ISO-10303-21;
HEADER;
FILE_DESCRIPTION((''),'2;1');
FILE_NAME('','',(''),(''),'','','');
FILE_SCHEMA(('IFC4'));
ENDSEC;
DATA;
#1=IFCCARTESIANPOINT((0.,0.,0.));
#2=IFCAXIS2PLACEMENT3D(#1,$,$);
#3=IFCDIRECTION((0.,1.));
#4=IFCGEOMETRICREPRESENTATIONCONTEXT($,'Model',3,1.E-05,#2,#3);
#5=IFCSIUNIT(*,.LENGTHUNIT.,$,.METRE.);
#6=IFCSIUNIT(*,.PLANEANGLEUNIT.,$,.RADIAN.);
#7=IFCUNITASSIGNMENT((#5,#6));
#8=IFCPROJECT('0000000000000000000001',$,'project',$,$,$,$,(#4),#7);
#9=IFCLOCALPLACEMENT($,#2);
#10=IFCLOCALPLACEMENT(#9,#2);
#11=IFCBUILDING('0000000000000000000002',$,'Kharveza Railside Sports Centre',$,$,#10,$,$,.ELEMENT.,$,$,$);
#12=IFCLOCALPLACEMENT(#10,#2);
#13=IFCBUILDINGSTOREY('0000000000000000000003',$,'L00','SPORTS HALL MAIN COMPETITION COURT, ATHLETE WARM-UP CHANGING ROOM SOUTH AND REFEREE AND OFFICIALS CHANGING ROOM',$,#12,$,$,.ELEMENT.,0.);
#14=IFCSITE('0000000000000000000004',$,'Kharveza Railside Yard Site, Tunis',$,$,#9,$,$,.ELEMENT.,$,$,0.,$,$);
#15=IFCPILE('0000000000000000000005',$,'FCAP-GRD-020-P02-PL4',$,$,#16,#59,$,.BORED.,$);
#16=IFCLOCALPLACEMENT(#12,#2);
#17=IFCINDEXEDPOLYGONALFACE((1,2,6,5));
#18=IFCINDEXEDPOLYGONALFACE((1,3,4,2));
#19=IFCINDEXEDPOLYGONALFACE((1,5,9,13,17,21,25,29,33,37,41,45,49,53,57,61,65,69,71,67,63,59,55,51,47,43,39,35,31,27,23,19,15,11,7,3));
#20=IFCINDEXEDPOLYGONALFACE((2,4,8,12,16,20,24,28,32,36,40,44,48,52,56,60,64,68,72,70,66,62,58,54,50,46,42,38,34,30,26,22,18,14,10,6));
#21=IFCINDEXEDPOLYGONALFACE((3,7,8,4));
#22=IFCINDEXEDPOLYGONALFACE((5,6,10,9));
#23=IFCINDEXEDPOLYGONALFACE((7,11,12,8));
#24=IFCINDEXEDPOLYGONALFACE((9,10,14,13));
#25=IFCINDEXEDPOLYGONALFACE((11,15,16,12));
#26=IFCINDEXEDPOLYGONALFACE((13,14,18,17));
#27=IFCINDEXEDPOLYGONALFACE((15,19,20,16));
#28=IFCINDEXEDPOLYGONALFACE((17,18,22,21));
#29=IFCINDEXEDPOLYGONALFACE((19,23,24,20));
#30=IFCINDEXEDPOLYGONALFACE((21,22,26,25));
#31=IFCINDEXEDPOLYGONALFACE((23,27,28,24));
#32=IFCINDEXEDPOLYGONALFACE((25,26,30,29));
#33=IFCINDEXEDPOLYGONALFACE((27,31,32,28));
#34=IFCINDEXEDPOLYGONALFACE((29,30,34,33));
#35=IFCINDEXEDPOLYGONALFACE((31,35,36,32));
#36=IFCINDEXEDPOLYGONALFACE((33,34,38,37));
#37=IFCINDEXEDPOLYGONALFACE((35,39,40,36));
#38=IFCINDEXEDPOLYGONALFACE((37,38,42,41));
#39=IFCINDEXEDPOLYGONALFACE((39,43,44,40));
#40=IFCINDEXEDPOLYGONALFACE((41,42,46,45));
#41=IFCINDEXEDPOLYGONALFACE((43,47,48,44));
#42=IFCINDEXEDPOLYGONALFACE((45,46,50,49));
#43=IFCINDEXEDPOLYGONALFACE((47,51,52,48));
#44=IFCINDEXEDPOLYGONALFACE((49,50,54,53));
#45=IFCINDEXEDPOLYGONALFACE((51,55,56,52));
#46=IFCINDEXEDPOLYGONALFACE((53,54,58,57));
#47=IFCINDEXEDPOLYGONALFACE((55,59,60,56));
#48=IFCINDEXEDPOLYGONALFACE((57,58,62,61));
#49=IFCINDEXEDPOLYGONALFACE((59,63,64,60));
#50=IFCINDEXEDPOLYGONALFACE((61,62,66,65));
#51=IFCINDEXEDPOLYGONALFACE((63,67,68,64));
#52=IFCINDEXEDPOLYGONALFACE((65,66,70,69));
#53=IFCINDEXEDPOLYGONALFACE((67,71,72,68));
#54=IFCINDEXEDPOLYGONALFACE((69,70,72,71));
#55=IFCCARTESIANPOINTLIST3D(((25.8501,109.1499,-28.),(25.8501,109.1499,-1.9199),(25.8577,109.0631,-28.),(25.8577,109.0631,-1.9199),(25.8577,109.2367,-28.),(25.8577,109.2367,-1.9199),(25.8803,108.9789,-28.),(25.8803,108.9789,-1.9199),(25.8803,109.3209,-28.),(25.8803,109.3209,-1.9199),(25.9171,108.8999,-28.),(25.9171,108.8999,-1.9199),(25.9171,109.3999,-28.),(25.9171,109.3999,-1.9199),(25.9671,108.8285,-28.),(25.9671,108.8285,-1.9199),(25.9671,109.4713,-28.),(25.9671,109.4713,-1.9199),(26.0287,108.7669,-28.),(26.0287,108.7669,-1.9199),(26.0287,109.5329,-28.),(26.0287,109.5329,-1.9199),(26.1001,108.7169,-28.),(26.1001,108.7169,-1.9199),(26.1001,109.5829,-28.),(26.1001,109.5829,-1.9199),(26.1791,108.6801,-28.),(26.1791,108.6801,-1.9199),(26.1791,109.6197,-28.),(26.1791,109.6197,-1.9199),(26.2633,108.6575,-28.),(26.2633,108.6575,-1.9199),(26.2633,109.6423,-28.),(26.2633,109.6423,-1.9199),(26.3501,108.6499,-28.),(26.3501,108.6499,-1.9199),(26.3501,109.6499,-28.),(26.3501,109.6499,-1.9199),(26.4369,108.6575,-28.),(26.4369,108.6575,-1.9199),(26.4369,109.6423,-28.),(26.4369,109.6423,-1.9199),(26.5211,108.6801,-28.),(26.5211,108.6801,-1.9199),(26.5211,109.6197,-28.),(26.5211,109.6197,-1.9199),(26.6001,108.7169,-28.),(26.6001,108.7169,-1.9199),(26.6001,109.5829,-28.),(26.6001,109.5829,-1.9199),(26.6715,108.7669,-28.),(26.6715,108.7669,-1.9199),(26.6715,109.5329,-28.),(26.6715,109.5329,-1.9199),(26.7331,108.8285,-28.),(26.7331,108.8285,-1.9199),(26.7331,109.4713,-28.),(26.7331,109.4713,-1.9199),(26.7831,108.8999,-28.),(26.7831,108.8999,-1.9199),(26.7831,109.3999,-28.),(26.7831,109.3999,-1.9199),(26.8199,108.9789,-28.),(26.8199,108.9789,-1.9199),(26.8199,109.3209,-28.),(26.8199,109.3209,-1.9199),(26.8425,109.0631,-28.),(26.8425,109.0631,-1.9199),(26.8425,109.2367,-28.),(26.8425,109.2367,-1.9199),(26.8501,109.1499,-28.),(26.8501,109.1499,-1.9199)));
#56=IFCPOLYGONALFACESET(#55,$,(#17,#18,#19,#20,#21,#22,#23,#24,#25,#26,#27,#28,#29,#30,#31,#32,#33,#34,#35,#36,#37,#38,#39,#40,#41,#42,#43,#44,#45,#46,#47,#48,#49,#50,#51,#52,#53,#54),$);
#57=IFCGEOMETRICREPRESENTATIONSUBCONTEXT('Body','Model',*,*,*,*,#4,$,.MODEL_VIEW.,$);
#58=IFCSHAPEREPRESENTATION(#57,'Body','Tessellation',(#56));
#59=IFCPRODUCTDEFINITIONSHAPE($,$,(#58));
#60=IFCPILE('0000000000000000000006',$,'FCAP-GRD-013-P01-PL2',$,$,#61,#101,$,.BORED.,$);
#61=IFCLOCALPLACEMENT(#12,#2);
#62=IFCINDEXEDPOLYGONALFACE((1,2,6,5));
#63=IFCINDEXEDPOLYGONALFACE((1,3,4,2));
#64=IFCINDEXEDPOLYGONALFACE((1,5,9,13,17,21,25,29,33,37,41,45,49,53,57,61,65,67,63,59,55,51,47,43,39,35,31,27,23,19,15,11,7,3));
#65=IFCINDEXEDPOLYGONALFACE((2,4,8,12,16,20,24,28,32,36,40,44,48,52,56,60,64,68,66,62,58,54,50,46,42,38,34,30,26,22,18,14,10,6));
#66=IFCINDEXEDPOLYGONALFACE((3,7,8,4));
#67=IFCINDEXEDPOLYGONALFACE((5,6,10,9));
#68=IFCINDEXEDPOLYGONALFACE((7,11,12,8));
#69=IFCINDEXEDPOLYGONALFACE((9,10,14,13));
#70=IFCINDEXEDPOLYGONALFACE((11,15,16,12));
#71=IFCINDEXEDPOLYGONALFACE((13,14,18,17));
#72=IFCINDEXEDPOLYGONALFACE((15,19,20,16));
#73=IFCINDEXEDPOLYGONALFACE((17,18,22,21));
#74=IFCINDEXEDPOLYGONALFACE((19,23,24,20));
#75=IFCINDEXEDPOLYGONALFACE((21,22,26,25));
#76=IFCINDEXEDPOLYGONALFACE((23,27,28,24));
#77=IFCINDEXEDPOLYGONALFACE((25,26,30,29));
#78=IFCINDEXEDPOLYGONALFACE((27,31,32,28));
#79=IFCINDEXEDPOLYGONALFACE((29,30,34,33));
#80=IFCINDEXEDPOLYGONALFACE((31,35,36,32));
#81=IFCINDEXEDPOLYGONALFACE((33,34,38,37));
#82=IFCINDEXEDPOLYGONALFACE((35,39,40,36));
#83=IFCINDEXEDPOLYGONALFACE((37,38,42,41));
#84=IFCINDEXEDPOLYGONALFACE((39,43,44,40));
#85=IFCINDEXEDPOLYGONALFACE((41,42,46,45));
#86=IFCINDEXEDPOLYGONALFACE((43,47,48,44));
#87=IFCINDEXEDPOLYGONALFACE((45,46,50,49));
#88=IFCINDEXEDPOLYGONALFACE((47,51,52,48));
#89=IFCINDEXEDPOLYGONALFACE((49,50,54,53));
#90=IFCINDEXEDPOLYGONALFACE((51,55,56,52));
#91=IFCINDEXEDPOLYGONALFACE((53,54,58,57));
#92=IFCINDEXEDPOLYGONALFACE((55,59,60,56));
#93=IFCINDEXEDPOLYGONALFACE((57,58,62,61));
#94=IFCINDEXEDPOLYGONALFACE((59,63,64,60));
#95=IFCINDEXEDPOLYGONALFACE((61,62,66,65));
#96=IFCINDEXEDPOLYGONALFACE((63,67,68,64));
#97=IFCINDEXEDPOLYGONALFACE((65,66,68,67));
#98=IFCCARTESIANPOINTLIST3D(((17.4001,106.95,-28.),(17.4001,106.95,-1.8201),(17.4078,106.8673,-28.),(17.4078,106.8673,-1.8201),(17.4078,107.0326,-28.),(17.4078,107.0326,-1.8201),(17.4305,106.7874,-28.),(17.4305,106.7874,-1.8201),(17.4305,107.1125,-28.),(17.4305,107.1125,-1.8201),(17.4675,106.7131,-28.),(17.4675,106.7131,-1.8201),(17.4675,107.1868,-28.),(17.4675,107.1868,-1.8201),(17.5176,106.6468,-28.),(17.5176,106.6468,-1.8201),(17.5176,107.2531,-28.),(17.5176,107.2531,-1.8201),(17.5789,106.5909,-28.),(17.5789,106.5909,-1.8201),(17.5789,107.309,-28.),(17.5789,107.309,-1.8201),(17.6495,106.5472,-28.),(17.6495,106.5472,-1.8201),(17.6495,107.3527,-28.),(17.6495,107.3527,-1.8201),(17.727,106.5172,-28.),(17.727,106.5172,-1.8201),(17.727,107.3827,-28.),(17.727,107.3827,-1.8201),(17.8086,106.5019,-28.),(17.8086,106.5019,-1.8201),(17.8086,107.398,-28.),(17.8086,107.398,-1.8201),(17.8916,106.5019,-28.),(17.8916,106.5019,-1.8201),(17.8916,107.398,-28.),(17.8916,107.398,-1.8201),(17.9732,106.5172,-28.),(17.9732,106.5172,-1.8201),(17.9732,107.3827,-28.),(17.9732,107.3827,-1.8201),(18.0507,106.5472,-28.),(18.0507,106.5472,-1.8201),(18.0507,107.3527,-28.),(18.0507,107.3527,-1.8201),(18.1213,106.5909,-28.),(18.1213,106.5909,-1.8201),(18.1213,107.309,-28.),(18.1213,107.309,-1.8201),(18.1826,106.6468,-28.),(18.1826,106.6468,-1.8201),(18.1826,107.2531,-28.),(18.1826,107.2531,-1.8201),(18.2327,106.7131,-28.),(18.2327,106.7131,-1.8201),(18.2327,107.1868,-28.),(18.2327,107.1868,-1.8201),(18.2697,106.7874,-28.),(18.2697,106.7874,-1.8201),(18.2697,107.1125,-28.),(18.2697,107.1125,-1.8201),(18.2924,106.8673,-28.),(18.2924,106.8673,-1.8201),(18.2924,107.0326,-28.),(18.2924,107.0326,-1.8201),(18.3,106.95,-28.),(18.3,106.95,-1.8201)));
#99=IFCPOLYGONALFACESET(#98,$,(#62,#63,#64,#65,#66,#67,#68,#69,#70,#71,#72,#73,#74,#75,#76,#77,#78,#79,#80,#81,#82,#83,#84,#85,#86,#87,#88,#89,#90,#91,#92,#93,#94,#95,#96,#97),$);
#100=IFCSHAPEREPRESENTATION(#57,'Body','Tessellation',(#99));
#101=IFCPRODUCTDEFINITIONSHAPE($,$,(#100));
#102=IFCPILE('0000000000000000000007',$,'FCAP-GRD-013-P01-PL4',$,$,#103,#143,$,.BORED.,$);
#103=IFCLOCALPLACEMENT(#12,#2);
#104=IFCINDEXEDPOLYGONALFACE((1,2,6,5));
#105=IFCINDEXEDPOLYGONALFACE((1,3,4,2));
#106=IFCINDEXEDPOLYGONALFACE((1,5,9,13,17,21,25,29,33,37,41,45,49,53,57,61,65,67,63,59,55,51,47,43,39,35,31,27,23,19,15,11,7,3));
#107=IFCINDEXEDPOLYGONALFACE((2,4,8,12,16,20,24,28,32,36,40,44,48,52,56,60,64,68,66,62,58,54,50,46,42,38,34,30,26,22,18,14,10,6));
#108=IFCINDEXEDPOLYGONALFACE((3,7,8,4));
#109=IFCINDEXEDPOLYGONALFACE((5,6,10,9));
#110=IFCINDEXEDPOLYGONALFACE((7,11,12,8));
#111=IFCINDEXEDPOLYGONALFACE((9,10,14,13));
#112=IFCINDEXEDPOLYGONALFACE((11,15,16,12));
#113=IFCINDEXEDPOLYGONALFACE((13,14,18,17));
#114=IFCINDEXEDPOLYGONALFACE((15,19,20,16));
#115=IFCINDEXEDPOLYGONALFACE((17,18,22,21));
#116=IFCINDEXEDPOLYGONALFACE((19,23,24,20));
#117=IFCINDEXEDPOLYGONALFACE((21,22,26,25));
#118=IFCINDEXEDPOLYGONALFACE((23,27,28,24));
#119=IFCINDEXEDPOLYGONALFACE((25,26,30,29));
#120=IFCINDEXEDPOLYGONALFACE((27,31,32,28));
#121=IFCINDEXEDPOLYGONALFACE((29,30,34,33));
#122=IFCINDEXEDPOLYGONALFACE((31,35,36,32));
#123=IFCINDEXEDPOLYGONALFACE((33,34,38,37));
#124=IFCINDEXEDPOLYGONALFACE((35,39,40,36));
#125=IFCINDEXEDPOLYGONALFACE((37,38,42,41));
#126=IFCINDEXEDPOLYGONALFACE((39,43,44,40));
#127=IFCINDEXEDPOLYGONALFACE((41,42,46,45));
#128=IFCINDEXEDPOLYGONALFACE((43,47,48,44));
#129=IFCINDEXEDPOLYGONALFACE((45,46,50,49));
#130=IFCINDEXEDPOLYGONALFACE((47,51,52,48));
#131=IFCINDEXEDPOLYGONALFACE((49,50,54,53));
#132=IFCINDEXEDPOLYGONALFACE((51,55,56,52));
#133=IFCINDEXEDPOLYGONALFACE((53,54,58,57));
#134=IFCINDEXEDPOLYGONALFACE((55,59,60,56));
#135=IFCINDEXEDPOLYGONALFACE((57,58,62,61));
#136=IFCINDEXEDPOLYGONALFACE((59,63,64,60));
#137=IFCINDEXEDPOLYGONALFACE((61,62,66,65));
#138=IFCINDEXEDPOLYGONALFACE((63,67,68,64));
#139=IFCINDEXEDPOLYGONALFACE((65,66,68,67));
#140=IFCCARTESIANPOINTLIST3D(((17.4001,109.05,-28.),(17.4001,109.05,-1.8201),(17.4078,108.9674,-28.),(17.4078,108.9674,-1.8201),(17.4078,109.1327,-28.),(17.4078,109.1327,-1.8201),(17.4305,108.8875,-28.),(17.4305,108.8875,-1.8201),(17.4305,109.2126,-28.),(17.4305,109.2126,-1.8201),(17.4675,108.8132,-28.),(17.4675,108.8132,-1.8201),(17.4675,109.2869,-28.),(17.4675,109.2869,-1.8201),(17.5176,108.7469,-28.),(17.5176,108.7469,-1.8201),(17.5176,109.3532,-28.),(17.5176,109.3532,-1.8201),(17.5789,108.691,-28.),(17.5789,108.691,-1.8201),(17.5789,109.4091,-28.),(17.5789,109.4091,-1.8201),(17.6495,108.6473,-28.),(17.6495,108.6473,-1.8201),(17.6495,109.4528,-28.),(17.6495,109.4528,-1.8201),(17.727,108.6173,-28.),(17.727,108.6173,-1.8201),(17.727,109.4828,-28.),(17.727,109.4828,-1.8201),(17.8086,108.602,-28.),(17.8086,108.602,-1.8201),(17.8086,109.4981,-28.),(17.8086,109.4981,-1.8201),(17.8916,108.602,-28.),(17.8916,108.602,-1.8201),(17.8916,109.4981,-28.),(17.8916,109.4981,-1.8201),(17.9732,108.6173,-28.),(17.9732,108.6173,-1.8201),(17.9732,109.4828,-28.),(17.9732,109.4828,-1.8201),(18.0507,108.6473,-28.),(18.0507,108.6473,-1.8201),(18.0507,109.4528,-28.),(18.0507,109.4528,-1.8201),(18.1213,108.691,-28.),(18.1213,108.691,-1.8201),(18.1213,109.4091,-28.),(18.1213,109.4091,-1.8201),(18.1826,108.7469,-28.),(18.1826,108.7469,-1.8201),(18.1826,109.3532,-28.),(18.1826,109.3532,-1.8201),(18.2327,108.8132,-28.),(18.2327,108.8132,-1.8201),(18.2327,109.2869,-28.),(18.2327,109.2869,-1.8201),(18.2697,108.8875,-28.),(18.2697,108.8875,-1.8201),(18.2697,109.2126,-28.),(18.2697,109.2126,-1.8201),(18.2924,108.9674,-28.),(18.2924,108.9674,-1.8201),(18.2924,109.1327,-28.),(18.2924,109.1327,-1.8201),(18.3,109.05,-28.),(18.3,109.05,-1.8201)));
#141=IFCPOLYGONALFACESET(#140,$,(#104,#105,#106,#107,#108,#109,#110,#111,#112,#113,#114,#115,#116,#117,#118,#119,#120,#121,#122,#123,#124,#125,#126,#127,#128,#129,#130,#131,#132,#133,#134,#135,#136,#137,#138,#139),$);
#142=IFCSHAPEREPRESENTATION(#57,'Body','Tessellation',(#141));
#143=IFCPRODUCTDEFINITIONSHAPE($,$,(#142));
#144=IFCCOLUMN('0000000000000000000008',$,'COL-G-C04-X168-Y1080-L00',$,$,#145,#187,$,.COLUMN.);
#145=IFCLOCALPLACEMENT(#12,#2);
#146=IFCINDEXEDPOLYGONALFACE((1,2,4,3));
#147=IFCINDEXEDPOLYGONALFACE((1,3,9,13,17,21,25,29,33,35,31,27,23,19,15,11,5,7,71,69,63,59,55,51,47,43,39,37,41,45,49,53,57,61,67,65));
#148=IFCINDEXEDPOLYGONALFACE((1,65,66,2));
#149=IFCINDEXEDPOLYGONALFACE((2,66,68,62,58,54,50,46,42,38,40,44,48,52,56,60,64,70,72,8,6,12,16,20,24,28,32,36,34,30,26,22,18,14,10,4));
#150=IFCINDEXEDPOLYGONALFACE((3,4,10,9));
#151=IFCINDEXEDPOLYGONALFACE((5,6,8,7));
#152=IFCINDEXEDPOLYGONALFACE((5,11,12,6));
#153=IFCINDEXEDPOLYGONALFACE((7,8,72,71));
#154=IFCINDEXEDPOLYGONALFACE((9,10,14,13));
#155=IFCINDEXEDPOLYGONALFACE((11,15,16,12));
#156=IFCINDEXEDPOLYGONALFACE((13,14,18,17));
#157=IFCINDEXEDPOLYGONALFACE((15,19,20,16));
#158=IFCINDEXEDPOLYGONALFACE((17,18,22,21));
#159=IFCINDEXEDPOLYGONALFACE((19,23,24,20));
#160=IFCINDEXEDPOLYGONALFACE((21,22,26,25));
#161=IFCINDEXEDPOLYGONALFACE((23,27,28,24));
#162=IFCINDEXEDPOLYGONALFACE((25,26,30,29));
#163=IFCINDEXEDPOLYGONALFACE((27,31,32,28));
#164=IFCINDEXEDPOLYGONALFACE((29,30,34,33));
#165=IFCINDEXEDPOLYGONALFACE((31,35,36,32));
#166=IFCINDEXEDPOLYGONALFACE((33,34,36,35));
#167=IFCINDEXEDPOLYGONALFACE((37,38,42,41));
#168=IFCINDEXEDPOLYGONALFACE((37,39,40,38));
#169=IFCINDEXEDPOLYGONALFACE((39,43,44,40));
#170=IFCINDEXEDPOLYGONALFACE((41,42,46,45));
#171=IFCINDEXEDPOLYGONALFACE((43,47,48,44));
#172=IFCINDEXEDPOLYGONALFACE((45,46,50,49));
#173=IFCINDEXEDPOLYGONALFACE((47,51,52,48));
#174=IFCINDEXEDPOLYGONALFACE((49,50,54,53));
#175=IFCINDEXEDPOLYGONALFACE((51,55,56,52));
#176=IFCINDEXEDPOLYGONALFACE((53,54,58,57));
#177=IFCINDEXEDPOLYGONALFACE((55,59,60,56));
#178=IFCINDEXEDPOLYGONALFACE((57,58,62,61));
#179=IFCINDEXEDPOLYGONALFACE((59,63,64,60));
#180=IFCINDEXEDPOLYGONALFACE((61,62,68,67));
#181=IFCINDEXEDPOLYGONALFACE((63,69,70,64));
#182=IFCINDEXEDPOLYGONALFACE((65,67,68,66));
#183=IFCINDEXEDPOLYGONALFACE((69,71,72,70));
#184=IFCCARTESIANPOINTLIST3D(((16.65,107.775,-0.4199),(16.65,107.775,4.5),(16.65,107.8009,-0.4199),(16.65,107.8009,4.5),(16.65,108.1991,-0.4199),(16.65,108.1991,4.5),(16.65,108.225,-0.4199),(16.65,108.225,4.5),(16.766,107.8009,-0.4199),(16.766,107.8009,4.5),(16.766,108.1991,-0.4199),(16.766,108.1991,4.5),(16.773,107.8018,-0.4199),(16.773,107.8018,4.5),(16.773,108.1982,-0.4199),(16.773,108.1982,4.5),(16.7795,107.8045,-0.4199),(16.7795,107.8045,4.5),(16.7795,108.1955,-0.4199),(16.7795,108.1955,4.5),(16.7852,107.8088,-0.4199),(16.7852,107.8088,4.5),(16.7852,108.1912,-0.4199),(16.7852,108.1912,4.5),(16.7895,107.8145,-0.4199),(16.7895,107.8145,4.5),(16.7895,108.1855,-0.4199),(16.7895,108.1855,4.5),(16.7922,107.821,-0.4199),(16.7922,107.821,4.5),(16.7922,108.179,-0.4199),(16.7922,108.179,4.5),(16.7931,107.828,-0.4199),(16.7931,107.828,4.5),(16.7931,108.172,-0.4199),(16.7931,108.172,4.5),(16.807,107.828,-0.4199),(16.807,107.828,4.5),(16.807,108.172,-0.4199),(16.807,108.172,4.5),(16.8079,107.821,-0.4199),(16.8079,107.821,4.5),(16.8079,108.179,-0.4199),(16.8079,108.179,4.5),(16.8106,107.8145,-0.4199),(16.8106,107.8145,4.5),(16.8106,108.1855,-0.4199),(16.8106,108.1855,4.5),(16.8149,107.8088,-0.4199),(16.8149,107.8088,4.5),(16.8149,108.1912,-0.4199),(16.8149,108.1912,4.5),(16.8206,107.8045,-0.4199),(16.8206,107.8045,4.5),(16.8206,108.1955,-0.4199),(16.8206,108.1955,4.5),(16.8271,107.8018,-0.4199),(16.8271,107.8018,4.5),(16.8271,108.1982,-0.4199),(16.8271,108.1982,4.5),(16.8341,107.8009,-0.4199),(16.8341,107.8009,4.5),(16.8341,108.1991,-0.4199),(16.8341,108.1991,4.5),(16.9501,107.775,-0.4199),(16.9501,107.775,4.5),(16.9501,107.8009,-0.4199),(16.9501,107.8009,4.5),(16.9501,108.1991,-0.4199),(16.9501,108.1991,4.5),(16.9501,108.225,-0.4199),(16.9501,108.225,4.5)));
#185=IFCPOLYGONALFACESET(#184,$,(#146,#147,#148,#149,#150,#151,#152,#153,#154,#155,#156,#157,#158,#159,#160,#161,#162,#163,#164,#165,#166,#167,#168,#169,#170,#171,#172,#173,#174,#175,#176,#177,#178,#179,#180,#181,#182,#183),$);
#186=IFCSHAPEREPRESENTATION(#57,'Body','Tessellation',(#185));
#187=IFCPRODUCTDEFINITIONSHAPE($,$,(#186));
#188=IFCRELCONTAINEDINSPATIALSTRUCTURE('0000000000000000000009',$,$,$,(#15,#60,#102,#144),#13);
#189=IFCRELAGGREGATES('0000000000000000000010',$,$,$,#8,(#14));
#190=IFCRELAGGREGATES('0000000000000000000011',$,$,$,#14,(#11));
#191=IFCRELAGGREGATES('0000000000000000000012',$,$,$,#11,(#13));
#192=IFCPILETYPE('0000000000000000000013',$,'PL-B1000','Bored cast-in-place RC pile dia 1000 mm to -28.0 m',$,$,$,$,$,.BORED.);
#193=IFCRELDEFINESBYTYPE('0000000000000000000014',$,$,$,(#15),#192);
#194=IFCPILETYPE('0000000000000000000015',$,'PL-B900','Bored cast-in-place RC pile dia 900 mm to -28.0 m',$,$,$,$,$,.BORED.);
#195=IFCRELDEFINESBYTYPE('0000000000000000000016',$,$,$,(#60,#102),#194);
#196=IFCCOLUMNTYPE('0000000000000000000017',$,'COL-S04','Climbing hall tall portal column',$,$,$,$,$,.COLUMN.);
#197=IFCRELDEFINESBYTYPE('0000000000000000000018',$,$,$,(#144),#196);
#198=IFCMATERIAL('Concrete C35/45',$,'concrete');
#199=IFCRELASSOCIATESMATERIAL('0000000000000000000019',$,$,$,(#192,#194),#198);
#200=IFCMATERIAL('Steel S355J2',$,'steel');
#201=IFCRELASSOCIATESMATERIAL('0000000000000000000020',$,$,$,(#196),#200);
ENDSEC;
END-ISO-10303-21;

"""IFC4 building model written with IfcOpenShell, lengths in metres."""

from ifc_helpers import new_model, si_unit, direction, frame, origin, origin_2d, place, context, subcontext, project, spatial, circle, i_section, extrude, material, material_profile, profile_set, type_object, element, save


model = new_model("IFC4")

# Units and contexts
model_context = context("Model", 3, precision=1e-05, world=origin(), true_north=direction((0.0, 1.0)))
body_context = subcontext(model_context, "Body", "Model", "MODEL_VIEW")
ifc_project = project(units=[si_unit("LENGTHUNIT", "METRE"), si_unit("PLANEANGLEUNIT", "RADIAN")], contexts=[model_context])

# Site, building, storey
site_placement = place(None, origin())
site = spatial("IfcSite", under=ifc_project, at=site_placement, Name="Kharveza Railside Yard Site, Tunis", CompositionType="ELEMENT", RefElevation=0.0)
building_placement = place(site_placement, origin())
building = spatial("IfcBuilding", under=site, at=building_placement, Name="Kharveza Railside Sports Centre", CompositionType="ELEMENT")
storey_placement = place(building_placement, origin())
storey = spatial("IfcBuildingStorey", under=building, at=storey_placement, Name="L00", Description="SPORTS HALL MAIN COMPETITION COURT, ATHLETE WARM-UP CHANGING ROOM SOUTH AND REFEREE AND OFFICIALS CHANGING ROOM", CompositionType="ELEMENT", Elevation=0.0)

# Shared definitions
ifc_material_1 = material(Name="Concrete C35/45", Category="concrete")

# Piles
ifc_material_profile_1 = material_profile(ifc_material_1, circle(Radius=0.5, at=origin_2d()), Name="PILE D1000")
ifc_profile_set_1 = profile_set([ifc_material_profile_1], Name="Concrete C35/45")
pile_type_1 = type_object("IfcPileType", Name="PL-B1000", Description="Bored cast-in-place RC pile dia 1000 mm to -28.0 m", PredefinedType="BORED", material=ifc_profile_set_1)
for number, where, z_axis, x_axis, name in (
    (1, (26.3501, 109.1499, -1.9199), (0.0, 0.0, -1.0), (1.0, 0.0, 0.0), "FCAP-GRD-020-P02-PL4"),
):
    element("IfcPile", number, at=place(storey_placement, frame(where, z_axis=z_axis, x_axis=x_axis)), inside=storey, type_object=pile_type_1, Name=name, PredefinedType="BORED", context=body_context, shape_type="SweptSolid", body=[
        extrude(circle(Radius=0.5, at=origin_2d()), origin(), (0.0, 0.0, 1.0), 26.0801),
    ])
ifc_material_profile_2 = material_profile(ifc_material_1, circle(Radius=0.45, at=origin_2d()), Name="PILE D900")
ifc_profile_set_2 = profile_set([ifc_material_profile_2], Name="Concrete C35/45")
pile_type_2 = type_object("IfcPileType", Name="PL-B900", Description="Bored cast-in-place RC pile dia 900 mm to -28.0 m", PredefinedType="BORED", material=ifc_profile_set_2)
for number, where, z_axis, x_axis, name in (
    (2, (17.8501, 106.95, -1.8201), (0.0, 0.0, -1.0), (1.0, 0.0, 0.0), "FCAP-GRD-013-P01-PL2"),
    (3, (17.8501, 109.05, -1.8201), (0.0, 0.0, -1.0), (1.0, 0.0, 0.0), "FCAP-GRD-013-P01-PL4"),
):
    element("IfcPile", number, at=place(storey_placement, frame(where, z_axis=z_axis, x_axis=x_axis)), inside=storey, type_object=pile_type_2, Name=name, PredefinedType="BORED", context=body_context, shape_type="SweptSolid", body=[
        extrude(circle(Radius=0.45, at=origin_2d()), origin(), (0.0, 0.0, 1.0), 26.1799),
    ])

# Column
ifc_material_2 = material(Name="Steel S355J2", Category="steel")
ifc_material_profile_3 = material_profile(ifc_material_2, i_section(OverallWidth=0.3, OverallDepth=0.45, WebThickness=0.0139, FlangeThickness=0.0259, FilletRadius=0.0271, at=origin_2d()), Name="HEB 450")
ifc_profile_set_3 = profile_set([ifc_material_profile_3], Name="Steel S355J2")
column_type = type_object("IfcColumnType", Name="COL-S04", Description="Climbing hall tall portal column", PredefinedType="COLUMN", material=ifc_profile_set_3)
for number, where, z_axis, x_axis, name in (
    (4, (16.8, 108.0, -0.4199), (0.0, 0.0, 1.0), (1.0, 0.0, 0.0), "COL-G-C04-X168-Y1080-L00"),
):
    element("IfcColumn", number, at=place(storey_placement, frame(where, z_axis=z_axis, x_axis=x_axis)), inside=storey, type_object=column_type, Name=name, PredefinedType="COLUMN", context=body_context, shape_type="SweptSolid", body=[
        extrude(i_section(OverallWidth=0.3, OverallDepth=0.45, WebThickness=0.0139, FlangeThickness=0.0259, FilletRadius=0.0271, at=origin_2d()), origin(), (0.0, 0.0, 1.0), 4.9199),
    ])

save(model, "model.ifc")
